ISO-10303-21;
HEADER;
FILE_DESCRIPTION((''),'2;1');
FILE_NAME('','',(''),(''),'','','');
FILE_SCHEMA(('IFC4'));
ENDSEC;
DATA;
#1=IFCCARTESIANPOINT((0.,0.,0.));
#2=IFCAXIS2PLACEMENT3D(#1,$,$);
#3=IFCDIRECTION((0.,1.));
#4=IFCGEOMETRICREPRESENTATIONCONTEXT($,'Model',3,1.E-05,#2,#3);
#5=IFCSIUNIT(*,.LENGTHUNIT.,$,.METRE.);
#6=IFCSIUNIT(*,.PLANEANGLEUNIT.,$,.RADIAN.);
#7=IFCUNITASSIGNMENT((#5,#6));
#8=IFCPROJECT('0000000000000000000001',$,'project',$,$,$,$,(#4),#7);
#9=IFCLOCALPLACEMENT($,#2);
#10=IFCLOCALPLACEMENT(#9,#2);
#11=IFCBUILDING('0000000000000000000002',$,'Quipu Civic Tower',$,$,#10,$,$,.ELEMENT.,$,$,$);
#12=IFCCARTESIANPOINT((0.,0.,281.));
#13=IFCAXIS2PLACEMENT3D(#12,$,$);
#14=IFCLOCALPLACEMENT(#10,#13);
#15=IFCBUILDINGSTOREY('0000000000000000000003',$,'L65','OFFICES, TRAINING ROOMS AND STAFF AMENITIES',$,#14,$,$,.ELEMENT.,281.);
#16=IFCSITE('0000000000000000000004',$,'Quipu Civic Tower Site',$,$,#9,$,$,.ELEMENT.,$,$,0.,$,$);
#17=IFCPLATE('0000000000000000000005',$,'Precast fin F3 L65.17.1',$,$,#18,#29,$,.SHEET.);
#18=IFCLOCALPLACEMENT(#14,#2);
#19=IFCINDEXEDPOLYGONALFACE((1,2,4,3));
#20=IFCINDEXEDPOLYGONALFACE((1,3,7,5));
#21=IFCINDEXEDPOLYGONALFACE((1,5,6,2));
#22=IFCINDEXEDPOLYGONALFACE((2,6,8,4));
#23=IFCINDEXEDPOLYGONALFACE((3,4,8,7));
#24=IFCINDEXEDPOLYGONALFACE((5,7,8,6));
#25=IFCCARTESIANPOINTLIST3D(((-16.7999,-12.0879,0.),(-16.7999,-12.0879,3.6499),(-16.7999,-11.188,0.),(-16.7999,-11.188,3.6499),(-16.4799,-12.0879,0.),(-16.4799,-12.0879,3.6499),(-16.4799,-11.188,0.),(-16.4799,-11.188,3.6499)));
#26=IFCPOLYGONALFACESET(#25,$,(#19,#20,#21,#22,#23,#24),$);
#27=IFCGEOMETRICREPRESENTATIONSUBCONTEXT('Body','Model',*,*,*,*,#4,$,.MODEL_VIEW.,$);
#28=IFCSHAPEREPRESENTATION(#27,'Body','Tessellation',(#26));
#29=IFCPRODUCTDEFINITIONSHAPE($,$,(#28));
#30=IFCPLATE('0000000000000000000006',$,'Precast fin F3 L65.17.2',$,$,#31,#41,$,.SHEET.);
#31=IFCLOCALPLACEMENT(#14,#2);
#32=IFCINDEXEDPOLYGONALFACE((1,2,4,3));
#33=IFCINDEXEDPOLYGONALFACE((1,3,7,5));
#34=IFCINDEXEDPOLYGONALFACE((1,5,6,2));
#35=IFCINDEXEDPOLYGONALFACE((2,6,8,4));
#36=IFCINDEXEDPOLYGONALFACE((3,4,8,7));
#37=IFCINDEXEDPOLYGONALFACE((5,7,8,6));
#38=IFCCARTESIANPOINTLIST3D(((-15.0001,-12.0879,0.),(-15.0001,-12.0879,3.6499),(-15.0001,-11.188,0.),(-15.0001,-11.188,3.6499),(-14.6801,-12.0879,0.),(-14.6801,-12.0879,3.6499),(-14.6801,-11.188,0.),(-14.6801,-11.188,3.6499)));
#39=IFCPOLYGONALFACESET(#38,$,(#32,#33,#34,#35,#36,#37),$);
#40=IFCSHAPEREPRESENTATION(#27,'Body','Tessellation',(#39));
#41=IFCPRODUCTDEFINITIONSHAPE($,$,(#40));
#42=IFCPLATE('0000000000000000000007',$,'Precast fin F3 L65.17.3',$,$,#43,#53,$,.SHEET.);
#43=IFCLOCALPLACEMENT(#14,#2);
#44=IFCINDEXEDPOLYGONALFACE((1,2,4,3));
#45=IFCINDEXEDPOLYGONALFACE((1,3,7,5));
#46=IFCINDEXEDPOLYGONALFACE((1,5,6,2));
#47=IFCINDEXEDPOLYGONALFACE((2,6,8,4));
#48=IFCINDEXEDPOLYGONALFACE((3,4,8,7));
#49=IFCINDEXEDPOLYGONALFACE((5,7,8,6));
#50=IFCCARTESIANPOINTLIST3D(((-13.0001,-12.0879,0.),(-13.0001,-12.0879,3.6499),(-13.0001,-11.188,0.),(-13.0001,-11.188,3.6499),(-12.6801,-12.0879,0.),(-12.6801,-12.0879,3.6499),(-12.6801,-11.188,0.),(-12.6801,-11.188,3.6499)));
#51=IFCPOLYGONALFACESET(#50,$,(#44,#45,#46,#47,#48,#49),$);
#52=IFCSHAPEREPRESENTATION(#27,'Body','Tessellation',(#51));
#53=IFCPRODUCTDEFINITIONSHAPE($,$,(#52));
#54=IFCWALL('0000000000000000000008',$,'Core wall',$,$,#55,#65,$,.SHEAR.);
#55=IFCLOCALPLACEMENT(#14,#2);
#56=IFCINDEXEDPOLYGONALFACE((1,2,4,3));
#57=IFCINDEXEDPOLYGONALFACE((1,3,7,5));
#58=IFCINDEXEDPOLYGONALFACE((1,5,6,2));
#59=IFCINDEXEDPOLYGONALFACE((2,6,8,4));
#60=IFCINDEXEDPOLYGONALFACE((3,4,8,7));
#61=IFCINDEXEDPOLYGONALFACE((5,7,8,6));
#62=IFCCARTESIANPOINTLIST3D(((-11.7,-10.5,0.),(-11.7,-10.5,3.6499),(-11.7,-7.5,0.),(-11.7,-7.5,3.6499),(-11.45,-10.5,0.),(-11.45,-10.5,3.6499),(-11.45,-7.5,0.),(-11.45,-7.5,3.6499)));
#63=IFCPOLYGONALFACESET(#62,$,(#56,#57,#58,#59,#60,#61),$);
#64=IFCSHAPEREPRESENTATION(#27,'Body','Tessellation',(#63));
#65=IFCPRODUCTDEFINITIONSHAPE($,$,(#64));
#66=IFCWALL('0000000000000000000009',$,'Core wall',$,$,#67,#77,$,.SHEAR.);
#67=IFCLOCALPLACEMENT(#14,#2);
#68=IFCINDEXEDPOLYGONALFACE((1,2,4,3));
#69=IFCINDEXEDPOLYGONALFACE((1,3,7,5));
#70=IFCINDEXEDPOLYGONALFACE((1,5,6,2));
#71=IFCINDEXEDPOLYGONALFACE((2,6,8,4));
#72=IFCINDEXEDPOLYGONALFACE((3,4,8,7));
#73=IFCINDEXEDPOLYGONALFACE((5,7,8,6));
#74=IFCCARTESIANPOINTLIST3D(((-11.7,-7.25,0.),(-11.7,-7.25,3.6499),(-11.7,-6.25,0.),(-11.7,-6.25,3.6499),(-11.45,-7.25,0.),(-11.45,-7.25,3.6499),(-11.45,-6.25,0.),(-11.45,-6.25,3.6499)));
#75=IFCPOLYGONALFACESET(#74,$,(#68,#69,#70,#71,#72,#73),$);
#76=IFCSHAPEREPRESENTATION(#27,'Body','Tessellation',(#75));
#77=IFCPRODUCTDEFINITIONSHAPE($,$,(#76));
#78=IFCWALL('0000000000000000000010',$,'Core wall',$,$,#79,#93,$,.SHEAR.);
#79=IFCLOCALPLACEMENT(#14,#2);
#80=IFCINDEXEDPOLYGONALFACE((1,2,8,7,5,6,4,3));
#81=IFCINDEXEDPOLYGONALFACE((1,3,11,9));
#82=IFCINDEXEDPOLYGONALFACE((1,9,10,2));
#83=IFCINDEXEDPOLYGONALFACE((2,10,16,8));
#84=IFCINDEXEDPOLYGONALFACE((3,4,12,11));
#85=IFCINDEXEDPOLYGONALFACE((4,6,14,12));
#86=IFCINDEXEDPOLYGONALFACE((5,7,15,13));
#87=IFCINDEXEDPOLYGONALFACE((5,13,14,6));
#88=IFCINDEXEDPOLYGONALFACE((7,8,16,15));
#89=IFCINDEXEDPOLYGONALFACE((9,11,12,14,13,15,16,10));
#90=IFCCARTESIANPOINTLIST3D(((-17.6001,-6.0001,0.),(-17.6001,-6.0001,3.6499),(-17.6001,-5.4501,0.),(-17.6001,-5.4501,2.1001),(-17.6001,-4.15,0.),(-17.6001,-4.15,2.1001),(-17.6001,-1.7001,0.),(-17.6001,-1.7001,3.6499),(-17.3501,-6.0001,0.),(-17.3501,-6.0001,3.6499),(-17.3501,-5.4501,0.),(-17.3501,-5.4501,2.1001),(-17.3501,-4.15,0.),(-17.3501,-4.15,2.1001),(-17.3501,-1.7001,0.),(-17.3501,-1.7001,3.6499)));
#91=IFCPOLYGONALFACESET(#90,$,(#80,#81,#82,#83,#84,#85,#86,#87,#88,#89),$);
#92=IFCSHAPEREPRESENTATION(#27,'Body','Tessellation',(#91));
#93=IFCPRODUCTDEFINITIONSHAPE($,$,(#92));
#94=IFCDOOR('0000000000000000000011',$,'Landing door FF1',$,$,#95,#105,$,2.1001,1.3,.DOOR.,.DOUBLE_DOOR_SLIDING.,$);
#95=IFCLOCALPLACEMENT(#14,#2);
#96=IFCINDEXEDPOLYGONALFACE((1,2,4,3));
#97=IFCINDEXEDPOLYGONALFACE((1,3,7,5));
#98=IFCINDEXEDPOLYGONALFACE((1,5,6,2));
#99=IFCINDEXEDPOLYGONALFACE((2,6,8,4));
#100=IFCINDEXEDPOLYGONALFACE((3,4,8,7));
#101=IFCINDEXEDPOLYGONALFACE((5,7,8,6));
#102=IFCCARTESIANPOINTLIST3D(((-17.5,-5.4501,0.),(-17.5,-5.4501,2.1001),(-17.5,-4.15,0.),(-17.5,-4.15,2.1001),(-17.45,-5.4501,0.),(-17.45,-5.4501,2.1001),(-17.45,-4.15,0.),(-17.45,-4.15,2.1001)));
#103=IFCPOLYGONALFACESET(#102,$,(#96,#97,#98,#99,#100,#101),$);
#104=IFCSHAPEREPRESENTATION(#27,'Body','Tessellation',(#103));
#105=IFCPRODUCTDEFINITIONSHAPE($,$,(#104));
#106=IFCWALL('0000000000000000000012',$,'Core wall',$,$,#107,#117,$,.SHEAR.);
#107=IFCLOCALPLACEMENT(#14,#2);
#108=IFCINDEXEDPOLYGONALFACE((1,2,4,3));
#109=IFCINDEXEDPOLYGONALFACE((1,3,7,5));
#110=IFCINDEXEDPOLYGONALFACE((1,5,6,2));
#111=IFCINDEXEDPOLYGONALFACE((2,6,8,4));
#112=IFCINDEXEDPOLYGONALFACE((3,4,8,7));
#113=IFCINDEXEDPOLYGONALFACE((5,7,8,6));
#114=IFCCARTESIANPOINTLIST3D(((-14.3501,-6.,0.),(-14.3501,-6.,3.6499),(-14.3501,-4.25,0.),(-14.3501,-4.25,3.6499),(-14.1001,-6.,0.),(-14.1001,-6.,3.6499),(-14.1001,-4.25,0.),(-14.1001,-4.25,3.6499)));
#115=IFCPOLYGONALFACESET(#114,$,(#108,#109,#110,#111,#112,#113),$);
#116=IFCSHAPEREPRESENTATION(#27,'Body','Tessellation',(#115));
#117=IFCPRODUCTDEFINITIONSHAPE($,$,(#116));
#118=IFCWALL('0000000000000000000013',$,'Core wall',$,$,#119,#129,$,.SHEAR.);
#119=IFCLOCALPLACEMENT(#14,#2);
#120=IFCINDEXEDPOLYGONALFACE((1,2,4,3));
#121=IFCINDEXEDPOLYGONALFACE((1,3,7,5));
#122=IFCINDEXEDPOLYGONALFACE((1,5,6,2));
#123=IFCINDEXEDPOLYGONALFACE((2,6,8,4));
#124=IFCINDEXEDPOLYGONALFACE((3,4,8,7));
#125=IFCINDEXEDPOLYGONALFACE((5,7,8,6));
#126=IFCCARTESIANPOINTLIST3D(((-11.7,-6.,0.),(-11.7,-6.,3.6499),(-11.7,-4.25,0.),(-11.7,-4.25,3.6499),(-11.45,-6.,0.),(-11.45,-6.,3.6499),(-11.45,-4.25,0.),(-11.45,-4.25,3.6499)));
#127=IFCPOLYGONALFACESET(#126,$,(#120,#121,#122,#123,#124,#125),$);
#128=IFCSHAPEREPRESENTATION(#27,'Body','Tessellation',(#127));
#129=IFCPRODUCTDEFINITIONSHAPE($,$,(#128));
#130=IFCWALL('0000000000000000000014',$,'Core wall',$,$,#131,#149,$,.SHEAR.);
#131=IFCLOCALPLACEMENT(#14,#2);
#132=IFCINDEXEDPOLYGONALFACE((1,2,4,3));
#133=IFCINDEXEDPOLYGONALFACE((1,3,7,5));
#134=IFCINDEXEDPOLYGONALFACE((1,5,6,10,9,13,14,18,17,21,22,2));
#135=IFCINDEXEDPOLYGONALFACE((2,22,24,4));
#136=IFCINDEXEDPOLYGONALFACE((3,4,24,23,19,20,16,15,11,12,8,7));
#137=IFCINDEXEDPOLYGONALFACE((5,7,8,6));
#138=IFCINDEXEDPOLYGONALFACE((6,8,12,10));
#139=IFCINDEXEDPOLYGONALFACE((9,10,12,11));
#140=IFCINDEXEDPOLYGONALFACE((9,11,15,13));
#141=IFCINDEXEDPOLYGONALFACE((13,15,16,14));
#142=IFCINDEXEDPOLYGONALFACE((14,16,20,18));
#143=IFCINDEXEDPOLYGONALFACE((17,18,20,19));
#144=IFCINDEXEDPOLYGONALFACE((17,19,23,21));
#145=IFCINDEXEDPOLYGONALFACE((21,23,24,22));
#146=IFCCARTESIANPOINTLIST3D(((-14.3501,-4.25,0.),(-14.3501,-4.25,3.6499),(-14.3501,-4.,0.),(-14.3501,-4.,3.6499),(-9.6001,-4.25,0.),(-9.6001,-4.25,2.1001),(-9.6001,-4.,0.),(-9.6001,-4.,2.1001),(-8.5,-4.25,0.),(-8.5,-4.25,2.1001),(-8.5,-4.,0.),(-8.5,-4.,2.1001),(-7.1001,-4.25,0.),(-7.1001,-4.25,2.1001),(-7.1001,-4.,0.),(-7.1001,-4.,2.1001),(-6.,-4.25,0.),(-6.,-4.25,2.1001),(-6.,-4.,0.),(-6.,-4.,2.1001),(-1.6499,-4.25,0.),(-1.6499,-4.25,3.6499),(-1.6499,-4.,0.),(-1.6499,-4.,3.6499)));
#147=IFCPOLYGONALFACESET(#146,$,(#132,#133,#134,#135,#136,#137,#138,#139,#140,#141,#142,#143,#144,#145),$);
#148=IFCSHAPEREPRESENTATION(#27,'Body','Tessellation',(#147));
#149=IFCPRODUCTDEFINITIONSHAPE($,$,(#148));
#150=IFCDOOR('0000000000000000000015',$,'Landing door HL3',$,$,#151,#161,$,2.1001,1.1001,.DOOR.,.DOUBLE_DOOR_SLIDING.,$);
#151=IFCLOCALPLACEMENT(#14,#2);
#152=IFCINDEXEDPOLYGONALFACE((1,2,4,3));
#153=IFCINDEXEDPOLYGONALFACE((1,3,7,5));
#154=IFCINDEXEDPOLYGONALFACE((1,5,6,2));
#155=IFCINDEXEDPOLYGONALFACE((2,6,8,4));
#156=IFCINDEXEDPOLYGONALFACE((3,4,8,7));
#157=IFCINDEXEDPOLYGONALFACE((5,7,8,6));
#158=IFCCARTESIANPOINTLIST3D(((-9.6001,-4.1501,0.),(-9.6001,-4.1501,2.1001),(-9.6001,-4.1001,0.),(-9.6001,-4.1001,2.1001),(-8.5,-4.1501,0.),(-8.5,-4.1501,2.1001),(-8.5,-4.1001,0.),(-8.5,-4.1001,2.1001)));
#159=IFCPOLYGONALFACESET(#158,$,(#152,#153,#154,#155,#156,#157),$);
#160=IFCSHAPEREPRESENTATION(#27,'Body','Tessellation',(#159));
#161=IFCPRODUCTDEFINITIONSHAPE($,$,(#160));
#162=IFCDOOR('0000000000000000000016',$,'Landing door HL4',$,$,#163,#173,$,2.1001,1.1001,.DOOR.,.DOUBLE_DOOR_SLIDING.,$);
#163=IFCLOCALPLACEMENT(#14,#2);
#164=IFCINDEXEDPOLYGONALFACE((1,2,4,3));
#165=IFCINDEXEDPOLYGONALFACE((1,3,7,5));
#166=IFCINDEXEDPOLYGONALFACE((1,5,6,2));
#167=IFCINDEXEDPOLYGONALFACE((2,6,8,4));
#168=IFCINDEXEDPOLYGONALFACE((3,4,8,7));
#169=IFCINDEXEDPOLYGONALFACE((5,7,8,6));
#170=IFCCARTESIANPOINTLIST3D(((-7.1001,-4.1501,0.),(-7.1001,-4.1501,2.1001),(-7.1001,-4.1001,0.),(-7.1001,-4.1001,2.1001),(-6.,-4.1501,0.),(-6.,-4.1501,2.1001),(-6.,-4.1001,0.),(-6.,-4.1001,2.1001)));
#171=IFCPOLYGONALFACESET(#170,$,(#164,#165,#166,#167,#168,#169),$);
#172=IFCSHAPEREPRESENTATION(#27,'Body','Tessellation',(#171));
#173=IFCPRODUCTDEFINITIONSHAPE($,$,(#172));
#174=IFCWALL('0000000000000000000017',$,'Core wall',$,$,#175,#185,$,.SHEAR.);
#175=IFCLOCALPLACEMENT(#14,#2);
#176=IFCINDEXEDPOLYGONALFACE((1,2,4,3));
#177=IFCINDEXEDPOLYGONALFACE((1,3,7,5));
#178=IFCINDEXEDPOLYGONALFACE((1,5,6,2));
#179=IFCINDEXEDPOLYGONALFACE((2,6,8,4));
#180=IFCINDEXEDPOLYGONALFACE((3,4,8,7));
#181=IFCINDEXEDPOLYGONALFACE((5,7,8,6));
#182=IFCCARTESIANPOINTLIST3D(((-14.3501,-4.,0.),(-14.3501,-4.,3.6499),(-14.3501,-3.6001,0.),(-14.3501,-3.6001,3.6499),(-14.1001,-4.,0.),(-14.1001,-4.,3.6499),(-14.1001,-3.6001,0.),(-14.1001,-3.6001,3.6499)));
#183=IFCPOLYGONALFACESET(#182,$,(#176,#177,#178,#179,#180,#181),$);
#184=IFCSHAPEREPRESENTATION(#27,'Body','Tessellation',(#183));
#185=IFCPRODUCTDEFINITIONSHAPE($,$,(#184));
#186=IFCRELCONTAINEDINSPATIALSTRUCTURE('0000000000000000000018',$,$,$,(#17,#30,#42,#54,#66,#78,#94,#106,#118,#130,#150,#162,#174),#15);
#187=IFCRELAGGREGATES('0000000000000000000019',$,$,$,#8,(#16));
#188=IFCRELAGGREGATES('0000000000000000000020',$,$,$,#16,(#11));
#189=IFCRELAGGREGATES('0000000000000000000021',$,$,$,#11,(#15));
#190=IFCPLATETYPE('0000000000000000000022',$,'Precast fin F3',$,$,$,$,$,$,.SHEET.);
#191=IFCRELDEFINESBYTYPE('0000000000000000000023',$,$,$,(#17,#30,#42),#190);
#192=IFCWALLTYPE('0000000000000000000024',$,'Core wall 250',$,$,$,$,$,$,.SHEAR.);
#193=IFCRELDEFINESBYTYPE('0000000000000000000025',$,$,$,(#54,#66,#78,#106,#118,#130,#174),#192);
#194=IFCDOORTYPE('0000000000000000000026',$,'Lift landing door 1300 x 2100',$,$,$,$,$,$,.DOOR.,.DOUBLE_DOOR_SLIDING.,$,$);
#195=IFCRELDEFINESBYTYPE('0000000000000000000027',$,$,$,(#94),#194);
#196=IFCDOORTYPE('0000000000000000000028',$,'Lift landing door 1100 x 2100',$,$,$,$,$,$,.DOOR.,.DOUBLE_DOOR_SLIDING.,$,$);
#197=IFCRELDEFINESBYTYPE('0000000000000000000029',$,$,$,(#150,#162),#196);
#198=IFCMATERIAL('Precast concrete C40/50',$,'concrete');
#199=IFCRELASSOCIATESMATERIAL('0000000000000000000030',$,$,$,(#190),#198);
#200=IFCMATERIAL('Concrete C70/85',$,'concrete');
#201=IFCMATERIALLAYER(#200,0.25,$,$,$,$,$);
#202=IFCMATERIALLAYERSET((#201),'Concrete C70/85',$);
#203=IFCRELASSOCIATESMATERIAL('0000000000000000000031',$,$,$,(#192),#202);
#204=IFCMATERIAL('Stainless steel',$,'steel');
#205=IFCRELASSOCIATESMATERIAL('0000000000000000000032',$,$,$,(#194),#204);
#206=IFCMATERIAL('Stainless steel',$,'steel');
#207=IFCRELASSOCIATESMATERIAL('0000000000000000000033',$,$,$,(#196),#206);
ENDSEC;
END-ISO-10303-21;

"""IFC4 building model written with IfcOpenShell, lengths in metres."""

from ifc_helpers import new_model, si_unit, direction, frame, frame_2d, origin, origin_2d, place, context, subcontext, project, spatial, rectangle, extrude, material, layer, layer_set, type_object, element, fill, save


model = new_model("IFC4")

# Units and contexts
model_context = context("Model", 3, precision=1e-05, world=origin(), true_north=direction((0.0, 1.0)))
body_context = subcontext(model_context, "Body", "Model", "MODEL_VIEW")
ifc_project = project(units=[si_unit("LENGTHUNIT", "METRE"), si_unit("PLANEANGLEUNIT", "RADIAN")], contexts=[model_context])

# Site, building, storey
site_placement = place(None, origin())
site = spatial("IfcSite", under=ifc_project, at=site_placement, Name="Quipu Civic Tower Site", CompositionType="ELEMENT", RefElevation=0.0)
building_placement = place(site_placement, origin())
building = spatial("IfcBuilding", under=site, at=building_placement, Name="Quipu Civic Tower", CompositionType="ELEMENT")
storey_placement = place(building_placement, frame((0.0, 0.0, 281.0)))
storey = spatial("IfcBuildingStorey", under=building, at=storey_placement, Name="L65", Description="OFFICES, TRAINING ROOMS AND STAFF AMENITIES", CompositionType="ELEMENT", Elevation=281.0)

# Plates
ifc_material_1 = material(Name="Precast concrete C40/50", Category="concrete")
plate_type = type_object("IfcPlateType", Name="Precast fin F3", PredefinedType="SHEET", material=ifc_material_1)
for number, where, z_axis, x_axis, name in (
    (1, (-16.6399, -11.6379, 0.0), (0.0, 0.0, 1.0), (1.0, 0.0, 0.0), "Precast fin F3 L65.17.1"),
    (2, (-14.8401, -11.6379, 0.0), (0.0, 0.0, 1.0), (1.0, 0.0, 0.0), "Precast fin F3 L65.17.2"),
    (3, (-12.8401, -11.6379, 0.0), (0.0, 0.0, 1.0), (1.0, 0.0, 0.0), "Precast fin F3 L65.17.3"),
):
    element("IfcPlate", number, at=place(storey_placement, frame(where, z_axis=z_axis, x_axis=x_axis)), inside=storey, type_object=plate_type, Name=name, PredefinedType="SHEET", context=body_context, shape_type="SweptSolid", body=[
        extrude(rectangle(XDim=0.3201, YDim=0.8999, at=origin_2d()), origin(), (0.0, 0.0, 1.0), 3.6499),
    ])

# Walls
ifc_material_2 = material(Name="Concrete C70/85", Category="concrete")
ifc_layer_1 = layer(ifc_material_2, 0.25)
ifc_layer_set_1 = layer_set([ifc_layer_1], Name="Concrete C70/85")
wall_type_1 = type_object("IfcWallType", Name="Core wall 250", PredefinedType="SHEAR", material=ifc_layer_set_1)
wall_1_placement = place(storey_placement, frame((-11.575, -10.5, 0.0), z_axis=(0.0, 0.0, 1.0), x_axis=(0.0, 1.0, 0.0)))
element("IfcWall", 4, at=wall_1_placement, inside=storey, type_object=wall_type_1, Name="Core wall", PredefinedType="SHEAR", context=body_context, shape_type="SweptSolid", body=[
    extrude(rectangle(XDim=3.0, YDim=0.25, at=frame_2d((1.5, 0.0))), origin(), (0.0, 0.0, 1.0), 3.6499),
])
wall_2_placement = place(storey_placement, frame((-11.575, -7.25, 0.0), z_axis=(0.0, 0.0, 1.0), x_axis=(0.0, 1.0, 0.0)))
element("IfcWall", 5, at=wall_2_placement, inside=storey, type_object=wall_type_1, Name="Core wall", PredefinedType="SHEAR", context=body_context, shape_type="SweptSolid", body=[
    extrude(rectangle(XDim=1.0, YDim=0.25, at=frame_2d((0.5, 0.0))), origin(), (0.0, 0.0, 1.0), 3.6499),
])

# Wall, opening, door
wall_3_placement = place(storey_placement, frame((-17.4751, -6.0, 0.0), z_axis=(0.0, 0.0, 1.0), x_axis=(0.0, 1.0, 0.0)))
wall_3 = element("IfcWall", 6, at=wall_3_placement, inside=storey, type_object=wall_type_1, Name="Core wall", PredefinedType="SHEAR", context=body_context, shape_type="SweptSolid", body=[
    extrude(rectangle(XDim=4.3, YDim=0.25, at=frame_2d((2.1499, 0.0))), origin(), (0.0, 0.0, 1.0), 3.6499),
])
opening_1_placement = place(wall_3_placement, frame((0.55, 0.0, 0.0)))
opening_1 = element("IfcOpeningElement", 7, at=opening_1_placement, cuts=wall_3, PredefinedType="OPENING", context=body_context, shape_type="SweptSolid", body=[
    extrude(rectangle(XDim=1.3, YDim=2.1001, at=frame_2d((0.6499, 1.05))), frame((0.0, 0.135, 0.0), z_axis=(0.0, -1.0, 0.0), x_axis=(1.0, 0.0, 0.0)), (0.0, 0.0, 1.0), 0.27),
])
ifc_material_3 = material(Name="Stainless steel", Category="steel")
door_type_1 = type_object("IfcDoorType", Name="Lift landing door 1300 x 2100", OperationType="DOUBLE_DOOR_SLIDING", PredefinedType="DOOR", material=ifc_material_3)
door_1_placement = place(opening_1_placement, origin())
door_1 = element("IfcDoor", 8, at=door_1_placement, inside=storey, type_object=door_type_1, Name="Landing door FF1", OperationType="DOUBLE_DOOR_SLIDING", OverallHeight=2.1001, OverallWidth=1.3, PredefinedType="DOOR", context=body_context, shape_type="SweptSolid", body=[
    extrude(rectangle(XDim=1.3, YDim=2.1001, at=frame_2d((0.6499, 1.05))), frame((0.0, 0.0249, 0.0), z_axis=(0.0, -1.0, 0.0), x_axis=(1.0, 0.0, 0.0)), (0.0, 0.0, 1.0), 0.05),
])
fill(opening_1, door_1)

# Walls
for number, where, z_axis, x_axis, name in (
    (9, (-14.2251, -6.0, 0.0), (0.0, 0.0, 1.0), (0.0, 1.0, 0.0), "Core wall"),
    (10, (-11.575, -6.0, 0.0), (0.0, 0.0, 1.0), (0.0, 1.0, 0.0), "Core wall"),
):
    element("IfcWall", number, at=place(storey_placement, frame(where, z_axis=z_axis, x_axis=x_axis)), inside=storey, type_object=wall_type_1, Name=name, PredefinedType="SHEAR", context=body_context, shape_type="SweptSolid", body=[
        extrude(rectangle(XDim=1.75, YDim=0.25, at=frame_2d((0.875, 0.0))), origin(), (0.0, 0.0, 1.0), 3.6499),
    ])

# Wall, openings, doors
wall_4_placement = place(storey_placement, frame((-14.3501, -4.125, 0.0), z_axis=(0.0, 0.0, 1.0), x_axis=(1.0, 0.0, 0.0)))
wall_4 = element("IfcWall", 11, at=wall_4_placement, inside=storey, type_object=wall_type_1, Name="Core wall", PredefinedType="SHEAR", context=body_context, shape_type="SweptSolid", body=[
    extrude(rectangle(XDim=12.7002, YDim=0.25, at=frame_2d((6.3501, 0.0))), origin(), (0.0, 0.0, 1.0), 3.6499),
])
opening_2_placement = place(wall_4_placement, frame((4.75, 0.0, 0.0)))
opening_2 = element("IfcOpeningElement", 12, at=opening_2_placement, cuts=wall_4, PredefinedType="OPENING", context=body_context, shape_type="SweptSolid", body=[
    extrude(rectangle(XDim=1.1001, YDim=2.1001, at=frame_2d((0.55, 1.05))), frame((0.0, 0.135, 0.0), z_axis=(0.0, -1.0, 0.0), x_axis=(1.0, 0.0, 0.0)), (0.0, 0.0, 1.0), 0.27),
])
opening_3_placement = place(wall_4_placement, frame((7.25, 0.0, 0.0)))
opening_3 = element("IfcOpeningElement", 13, at=opening_3_placement, cuts=wall_4, PredefinedType="OPENING", context=body_context, shape_type="SweptSolid", body=[
    extrude(rectangle(XDim=1.1001, YDim=2.1001, at=frame_2d((0.55, 1.05))), frame((0.0, 0.135, 0.0), z_axis=(0.0, -1.0, 0.0), x_axis=(1.0, 0.0, 0.0)), (0.0, 0.0, 1.0), 0.27),
])
ifc_material_4 = material(Name="Stainless steel", Category="steel")
door_type_2 = type_object("IfcDoorType", Name="Lift landing door 1100 x 2100", OperationType="DOUBLE_DOOR_SLIDING", PredefinedType="DOOR", material=ifc_material_4)
door_2_placement = place(opening_2_placement, origin())
door_2 = element("IfcDoor", 14, at=door_2_placement, inside=storey, type_object=door_type_2, Name="Landing door HL3", OperationType="DOUBLE_DOOR_SLIDING", OverallHeight=2.1001, OverallWidth=1.1001, PredefinedType="DOOR", context=body_context, shape_type="SweptSolid", body=[
    extrude(rectangle(XDim=1.1001, YDim=2.1001, at=frame_2d((0.55, 1.05))), frame((0.0, 0.0249, 0.0), z_axis=(0.0, -1.0, 0.0), x_axis=(1.0, 0.0, 0.0)), (0.0, 0.0, 1.0), 0.05),
])
fill(opening_2, door_2)
door_3_placement = place(opening_3_placement, origin())
door_3 = element("IfcDoor", 15, at=door_3_placement, inside=storey, type_object=door_type_2, Name="Landing door HL4", OperationType="DOUBLE_DOOR_SLIDING", OverallHeight=2.1001, OverallWidth=1.1001, PredefinedType="DOOR", context=body_context, shape_type="SweptSolid", body=[
    extrude(rectangle(XDim=1.1001, YDim=2.1001, at=frame_2d((0.55, 1.05))), frame((0.0, 0.0249, 0.0), z_axis=(0.0, -1.0, 0.0), x_axis=(1.0, 0.0, 0.0)), (0.0, 0.0, 1.0), 0.05),
])
fill(opening_3, door_3)

# Wall
wall_5_placement = place(storey_placement, frame((-14.2251, -4.0, 0.0), z_axis=(0.0, 0.0, 1.0), x_axis=(0.0, 1.0, 0.0)))
element("IfcWall", 16, at=wall_5_placement, inside=storey, type_object=wall_type_1, Name="Core wall", PredefinedType="SHEAR", context=body_context, shape_type="SweptSolid", body=[
    extrude(rectangle(XDim=0.3999, YDim=0.25, at=frame_2d((0.2, 0.0))), origin(), (0.0, 0.0, 1.0), 3.6499),
])

save(model, "model.ifc")
